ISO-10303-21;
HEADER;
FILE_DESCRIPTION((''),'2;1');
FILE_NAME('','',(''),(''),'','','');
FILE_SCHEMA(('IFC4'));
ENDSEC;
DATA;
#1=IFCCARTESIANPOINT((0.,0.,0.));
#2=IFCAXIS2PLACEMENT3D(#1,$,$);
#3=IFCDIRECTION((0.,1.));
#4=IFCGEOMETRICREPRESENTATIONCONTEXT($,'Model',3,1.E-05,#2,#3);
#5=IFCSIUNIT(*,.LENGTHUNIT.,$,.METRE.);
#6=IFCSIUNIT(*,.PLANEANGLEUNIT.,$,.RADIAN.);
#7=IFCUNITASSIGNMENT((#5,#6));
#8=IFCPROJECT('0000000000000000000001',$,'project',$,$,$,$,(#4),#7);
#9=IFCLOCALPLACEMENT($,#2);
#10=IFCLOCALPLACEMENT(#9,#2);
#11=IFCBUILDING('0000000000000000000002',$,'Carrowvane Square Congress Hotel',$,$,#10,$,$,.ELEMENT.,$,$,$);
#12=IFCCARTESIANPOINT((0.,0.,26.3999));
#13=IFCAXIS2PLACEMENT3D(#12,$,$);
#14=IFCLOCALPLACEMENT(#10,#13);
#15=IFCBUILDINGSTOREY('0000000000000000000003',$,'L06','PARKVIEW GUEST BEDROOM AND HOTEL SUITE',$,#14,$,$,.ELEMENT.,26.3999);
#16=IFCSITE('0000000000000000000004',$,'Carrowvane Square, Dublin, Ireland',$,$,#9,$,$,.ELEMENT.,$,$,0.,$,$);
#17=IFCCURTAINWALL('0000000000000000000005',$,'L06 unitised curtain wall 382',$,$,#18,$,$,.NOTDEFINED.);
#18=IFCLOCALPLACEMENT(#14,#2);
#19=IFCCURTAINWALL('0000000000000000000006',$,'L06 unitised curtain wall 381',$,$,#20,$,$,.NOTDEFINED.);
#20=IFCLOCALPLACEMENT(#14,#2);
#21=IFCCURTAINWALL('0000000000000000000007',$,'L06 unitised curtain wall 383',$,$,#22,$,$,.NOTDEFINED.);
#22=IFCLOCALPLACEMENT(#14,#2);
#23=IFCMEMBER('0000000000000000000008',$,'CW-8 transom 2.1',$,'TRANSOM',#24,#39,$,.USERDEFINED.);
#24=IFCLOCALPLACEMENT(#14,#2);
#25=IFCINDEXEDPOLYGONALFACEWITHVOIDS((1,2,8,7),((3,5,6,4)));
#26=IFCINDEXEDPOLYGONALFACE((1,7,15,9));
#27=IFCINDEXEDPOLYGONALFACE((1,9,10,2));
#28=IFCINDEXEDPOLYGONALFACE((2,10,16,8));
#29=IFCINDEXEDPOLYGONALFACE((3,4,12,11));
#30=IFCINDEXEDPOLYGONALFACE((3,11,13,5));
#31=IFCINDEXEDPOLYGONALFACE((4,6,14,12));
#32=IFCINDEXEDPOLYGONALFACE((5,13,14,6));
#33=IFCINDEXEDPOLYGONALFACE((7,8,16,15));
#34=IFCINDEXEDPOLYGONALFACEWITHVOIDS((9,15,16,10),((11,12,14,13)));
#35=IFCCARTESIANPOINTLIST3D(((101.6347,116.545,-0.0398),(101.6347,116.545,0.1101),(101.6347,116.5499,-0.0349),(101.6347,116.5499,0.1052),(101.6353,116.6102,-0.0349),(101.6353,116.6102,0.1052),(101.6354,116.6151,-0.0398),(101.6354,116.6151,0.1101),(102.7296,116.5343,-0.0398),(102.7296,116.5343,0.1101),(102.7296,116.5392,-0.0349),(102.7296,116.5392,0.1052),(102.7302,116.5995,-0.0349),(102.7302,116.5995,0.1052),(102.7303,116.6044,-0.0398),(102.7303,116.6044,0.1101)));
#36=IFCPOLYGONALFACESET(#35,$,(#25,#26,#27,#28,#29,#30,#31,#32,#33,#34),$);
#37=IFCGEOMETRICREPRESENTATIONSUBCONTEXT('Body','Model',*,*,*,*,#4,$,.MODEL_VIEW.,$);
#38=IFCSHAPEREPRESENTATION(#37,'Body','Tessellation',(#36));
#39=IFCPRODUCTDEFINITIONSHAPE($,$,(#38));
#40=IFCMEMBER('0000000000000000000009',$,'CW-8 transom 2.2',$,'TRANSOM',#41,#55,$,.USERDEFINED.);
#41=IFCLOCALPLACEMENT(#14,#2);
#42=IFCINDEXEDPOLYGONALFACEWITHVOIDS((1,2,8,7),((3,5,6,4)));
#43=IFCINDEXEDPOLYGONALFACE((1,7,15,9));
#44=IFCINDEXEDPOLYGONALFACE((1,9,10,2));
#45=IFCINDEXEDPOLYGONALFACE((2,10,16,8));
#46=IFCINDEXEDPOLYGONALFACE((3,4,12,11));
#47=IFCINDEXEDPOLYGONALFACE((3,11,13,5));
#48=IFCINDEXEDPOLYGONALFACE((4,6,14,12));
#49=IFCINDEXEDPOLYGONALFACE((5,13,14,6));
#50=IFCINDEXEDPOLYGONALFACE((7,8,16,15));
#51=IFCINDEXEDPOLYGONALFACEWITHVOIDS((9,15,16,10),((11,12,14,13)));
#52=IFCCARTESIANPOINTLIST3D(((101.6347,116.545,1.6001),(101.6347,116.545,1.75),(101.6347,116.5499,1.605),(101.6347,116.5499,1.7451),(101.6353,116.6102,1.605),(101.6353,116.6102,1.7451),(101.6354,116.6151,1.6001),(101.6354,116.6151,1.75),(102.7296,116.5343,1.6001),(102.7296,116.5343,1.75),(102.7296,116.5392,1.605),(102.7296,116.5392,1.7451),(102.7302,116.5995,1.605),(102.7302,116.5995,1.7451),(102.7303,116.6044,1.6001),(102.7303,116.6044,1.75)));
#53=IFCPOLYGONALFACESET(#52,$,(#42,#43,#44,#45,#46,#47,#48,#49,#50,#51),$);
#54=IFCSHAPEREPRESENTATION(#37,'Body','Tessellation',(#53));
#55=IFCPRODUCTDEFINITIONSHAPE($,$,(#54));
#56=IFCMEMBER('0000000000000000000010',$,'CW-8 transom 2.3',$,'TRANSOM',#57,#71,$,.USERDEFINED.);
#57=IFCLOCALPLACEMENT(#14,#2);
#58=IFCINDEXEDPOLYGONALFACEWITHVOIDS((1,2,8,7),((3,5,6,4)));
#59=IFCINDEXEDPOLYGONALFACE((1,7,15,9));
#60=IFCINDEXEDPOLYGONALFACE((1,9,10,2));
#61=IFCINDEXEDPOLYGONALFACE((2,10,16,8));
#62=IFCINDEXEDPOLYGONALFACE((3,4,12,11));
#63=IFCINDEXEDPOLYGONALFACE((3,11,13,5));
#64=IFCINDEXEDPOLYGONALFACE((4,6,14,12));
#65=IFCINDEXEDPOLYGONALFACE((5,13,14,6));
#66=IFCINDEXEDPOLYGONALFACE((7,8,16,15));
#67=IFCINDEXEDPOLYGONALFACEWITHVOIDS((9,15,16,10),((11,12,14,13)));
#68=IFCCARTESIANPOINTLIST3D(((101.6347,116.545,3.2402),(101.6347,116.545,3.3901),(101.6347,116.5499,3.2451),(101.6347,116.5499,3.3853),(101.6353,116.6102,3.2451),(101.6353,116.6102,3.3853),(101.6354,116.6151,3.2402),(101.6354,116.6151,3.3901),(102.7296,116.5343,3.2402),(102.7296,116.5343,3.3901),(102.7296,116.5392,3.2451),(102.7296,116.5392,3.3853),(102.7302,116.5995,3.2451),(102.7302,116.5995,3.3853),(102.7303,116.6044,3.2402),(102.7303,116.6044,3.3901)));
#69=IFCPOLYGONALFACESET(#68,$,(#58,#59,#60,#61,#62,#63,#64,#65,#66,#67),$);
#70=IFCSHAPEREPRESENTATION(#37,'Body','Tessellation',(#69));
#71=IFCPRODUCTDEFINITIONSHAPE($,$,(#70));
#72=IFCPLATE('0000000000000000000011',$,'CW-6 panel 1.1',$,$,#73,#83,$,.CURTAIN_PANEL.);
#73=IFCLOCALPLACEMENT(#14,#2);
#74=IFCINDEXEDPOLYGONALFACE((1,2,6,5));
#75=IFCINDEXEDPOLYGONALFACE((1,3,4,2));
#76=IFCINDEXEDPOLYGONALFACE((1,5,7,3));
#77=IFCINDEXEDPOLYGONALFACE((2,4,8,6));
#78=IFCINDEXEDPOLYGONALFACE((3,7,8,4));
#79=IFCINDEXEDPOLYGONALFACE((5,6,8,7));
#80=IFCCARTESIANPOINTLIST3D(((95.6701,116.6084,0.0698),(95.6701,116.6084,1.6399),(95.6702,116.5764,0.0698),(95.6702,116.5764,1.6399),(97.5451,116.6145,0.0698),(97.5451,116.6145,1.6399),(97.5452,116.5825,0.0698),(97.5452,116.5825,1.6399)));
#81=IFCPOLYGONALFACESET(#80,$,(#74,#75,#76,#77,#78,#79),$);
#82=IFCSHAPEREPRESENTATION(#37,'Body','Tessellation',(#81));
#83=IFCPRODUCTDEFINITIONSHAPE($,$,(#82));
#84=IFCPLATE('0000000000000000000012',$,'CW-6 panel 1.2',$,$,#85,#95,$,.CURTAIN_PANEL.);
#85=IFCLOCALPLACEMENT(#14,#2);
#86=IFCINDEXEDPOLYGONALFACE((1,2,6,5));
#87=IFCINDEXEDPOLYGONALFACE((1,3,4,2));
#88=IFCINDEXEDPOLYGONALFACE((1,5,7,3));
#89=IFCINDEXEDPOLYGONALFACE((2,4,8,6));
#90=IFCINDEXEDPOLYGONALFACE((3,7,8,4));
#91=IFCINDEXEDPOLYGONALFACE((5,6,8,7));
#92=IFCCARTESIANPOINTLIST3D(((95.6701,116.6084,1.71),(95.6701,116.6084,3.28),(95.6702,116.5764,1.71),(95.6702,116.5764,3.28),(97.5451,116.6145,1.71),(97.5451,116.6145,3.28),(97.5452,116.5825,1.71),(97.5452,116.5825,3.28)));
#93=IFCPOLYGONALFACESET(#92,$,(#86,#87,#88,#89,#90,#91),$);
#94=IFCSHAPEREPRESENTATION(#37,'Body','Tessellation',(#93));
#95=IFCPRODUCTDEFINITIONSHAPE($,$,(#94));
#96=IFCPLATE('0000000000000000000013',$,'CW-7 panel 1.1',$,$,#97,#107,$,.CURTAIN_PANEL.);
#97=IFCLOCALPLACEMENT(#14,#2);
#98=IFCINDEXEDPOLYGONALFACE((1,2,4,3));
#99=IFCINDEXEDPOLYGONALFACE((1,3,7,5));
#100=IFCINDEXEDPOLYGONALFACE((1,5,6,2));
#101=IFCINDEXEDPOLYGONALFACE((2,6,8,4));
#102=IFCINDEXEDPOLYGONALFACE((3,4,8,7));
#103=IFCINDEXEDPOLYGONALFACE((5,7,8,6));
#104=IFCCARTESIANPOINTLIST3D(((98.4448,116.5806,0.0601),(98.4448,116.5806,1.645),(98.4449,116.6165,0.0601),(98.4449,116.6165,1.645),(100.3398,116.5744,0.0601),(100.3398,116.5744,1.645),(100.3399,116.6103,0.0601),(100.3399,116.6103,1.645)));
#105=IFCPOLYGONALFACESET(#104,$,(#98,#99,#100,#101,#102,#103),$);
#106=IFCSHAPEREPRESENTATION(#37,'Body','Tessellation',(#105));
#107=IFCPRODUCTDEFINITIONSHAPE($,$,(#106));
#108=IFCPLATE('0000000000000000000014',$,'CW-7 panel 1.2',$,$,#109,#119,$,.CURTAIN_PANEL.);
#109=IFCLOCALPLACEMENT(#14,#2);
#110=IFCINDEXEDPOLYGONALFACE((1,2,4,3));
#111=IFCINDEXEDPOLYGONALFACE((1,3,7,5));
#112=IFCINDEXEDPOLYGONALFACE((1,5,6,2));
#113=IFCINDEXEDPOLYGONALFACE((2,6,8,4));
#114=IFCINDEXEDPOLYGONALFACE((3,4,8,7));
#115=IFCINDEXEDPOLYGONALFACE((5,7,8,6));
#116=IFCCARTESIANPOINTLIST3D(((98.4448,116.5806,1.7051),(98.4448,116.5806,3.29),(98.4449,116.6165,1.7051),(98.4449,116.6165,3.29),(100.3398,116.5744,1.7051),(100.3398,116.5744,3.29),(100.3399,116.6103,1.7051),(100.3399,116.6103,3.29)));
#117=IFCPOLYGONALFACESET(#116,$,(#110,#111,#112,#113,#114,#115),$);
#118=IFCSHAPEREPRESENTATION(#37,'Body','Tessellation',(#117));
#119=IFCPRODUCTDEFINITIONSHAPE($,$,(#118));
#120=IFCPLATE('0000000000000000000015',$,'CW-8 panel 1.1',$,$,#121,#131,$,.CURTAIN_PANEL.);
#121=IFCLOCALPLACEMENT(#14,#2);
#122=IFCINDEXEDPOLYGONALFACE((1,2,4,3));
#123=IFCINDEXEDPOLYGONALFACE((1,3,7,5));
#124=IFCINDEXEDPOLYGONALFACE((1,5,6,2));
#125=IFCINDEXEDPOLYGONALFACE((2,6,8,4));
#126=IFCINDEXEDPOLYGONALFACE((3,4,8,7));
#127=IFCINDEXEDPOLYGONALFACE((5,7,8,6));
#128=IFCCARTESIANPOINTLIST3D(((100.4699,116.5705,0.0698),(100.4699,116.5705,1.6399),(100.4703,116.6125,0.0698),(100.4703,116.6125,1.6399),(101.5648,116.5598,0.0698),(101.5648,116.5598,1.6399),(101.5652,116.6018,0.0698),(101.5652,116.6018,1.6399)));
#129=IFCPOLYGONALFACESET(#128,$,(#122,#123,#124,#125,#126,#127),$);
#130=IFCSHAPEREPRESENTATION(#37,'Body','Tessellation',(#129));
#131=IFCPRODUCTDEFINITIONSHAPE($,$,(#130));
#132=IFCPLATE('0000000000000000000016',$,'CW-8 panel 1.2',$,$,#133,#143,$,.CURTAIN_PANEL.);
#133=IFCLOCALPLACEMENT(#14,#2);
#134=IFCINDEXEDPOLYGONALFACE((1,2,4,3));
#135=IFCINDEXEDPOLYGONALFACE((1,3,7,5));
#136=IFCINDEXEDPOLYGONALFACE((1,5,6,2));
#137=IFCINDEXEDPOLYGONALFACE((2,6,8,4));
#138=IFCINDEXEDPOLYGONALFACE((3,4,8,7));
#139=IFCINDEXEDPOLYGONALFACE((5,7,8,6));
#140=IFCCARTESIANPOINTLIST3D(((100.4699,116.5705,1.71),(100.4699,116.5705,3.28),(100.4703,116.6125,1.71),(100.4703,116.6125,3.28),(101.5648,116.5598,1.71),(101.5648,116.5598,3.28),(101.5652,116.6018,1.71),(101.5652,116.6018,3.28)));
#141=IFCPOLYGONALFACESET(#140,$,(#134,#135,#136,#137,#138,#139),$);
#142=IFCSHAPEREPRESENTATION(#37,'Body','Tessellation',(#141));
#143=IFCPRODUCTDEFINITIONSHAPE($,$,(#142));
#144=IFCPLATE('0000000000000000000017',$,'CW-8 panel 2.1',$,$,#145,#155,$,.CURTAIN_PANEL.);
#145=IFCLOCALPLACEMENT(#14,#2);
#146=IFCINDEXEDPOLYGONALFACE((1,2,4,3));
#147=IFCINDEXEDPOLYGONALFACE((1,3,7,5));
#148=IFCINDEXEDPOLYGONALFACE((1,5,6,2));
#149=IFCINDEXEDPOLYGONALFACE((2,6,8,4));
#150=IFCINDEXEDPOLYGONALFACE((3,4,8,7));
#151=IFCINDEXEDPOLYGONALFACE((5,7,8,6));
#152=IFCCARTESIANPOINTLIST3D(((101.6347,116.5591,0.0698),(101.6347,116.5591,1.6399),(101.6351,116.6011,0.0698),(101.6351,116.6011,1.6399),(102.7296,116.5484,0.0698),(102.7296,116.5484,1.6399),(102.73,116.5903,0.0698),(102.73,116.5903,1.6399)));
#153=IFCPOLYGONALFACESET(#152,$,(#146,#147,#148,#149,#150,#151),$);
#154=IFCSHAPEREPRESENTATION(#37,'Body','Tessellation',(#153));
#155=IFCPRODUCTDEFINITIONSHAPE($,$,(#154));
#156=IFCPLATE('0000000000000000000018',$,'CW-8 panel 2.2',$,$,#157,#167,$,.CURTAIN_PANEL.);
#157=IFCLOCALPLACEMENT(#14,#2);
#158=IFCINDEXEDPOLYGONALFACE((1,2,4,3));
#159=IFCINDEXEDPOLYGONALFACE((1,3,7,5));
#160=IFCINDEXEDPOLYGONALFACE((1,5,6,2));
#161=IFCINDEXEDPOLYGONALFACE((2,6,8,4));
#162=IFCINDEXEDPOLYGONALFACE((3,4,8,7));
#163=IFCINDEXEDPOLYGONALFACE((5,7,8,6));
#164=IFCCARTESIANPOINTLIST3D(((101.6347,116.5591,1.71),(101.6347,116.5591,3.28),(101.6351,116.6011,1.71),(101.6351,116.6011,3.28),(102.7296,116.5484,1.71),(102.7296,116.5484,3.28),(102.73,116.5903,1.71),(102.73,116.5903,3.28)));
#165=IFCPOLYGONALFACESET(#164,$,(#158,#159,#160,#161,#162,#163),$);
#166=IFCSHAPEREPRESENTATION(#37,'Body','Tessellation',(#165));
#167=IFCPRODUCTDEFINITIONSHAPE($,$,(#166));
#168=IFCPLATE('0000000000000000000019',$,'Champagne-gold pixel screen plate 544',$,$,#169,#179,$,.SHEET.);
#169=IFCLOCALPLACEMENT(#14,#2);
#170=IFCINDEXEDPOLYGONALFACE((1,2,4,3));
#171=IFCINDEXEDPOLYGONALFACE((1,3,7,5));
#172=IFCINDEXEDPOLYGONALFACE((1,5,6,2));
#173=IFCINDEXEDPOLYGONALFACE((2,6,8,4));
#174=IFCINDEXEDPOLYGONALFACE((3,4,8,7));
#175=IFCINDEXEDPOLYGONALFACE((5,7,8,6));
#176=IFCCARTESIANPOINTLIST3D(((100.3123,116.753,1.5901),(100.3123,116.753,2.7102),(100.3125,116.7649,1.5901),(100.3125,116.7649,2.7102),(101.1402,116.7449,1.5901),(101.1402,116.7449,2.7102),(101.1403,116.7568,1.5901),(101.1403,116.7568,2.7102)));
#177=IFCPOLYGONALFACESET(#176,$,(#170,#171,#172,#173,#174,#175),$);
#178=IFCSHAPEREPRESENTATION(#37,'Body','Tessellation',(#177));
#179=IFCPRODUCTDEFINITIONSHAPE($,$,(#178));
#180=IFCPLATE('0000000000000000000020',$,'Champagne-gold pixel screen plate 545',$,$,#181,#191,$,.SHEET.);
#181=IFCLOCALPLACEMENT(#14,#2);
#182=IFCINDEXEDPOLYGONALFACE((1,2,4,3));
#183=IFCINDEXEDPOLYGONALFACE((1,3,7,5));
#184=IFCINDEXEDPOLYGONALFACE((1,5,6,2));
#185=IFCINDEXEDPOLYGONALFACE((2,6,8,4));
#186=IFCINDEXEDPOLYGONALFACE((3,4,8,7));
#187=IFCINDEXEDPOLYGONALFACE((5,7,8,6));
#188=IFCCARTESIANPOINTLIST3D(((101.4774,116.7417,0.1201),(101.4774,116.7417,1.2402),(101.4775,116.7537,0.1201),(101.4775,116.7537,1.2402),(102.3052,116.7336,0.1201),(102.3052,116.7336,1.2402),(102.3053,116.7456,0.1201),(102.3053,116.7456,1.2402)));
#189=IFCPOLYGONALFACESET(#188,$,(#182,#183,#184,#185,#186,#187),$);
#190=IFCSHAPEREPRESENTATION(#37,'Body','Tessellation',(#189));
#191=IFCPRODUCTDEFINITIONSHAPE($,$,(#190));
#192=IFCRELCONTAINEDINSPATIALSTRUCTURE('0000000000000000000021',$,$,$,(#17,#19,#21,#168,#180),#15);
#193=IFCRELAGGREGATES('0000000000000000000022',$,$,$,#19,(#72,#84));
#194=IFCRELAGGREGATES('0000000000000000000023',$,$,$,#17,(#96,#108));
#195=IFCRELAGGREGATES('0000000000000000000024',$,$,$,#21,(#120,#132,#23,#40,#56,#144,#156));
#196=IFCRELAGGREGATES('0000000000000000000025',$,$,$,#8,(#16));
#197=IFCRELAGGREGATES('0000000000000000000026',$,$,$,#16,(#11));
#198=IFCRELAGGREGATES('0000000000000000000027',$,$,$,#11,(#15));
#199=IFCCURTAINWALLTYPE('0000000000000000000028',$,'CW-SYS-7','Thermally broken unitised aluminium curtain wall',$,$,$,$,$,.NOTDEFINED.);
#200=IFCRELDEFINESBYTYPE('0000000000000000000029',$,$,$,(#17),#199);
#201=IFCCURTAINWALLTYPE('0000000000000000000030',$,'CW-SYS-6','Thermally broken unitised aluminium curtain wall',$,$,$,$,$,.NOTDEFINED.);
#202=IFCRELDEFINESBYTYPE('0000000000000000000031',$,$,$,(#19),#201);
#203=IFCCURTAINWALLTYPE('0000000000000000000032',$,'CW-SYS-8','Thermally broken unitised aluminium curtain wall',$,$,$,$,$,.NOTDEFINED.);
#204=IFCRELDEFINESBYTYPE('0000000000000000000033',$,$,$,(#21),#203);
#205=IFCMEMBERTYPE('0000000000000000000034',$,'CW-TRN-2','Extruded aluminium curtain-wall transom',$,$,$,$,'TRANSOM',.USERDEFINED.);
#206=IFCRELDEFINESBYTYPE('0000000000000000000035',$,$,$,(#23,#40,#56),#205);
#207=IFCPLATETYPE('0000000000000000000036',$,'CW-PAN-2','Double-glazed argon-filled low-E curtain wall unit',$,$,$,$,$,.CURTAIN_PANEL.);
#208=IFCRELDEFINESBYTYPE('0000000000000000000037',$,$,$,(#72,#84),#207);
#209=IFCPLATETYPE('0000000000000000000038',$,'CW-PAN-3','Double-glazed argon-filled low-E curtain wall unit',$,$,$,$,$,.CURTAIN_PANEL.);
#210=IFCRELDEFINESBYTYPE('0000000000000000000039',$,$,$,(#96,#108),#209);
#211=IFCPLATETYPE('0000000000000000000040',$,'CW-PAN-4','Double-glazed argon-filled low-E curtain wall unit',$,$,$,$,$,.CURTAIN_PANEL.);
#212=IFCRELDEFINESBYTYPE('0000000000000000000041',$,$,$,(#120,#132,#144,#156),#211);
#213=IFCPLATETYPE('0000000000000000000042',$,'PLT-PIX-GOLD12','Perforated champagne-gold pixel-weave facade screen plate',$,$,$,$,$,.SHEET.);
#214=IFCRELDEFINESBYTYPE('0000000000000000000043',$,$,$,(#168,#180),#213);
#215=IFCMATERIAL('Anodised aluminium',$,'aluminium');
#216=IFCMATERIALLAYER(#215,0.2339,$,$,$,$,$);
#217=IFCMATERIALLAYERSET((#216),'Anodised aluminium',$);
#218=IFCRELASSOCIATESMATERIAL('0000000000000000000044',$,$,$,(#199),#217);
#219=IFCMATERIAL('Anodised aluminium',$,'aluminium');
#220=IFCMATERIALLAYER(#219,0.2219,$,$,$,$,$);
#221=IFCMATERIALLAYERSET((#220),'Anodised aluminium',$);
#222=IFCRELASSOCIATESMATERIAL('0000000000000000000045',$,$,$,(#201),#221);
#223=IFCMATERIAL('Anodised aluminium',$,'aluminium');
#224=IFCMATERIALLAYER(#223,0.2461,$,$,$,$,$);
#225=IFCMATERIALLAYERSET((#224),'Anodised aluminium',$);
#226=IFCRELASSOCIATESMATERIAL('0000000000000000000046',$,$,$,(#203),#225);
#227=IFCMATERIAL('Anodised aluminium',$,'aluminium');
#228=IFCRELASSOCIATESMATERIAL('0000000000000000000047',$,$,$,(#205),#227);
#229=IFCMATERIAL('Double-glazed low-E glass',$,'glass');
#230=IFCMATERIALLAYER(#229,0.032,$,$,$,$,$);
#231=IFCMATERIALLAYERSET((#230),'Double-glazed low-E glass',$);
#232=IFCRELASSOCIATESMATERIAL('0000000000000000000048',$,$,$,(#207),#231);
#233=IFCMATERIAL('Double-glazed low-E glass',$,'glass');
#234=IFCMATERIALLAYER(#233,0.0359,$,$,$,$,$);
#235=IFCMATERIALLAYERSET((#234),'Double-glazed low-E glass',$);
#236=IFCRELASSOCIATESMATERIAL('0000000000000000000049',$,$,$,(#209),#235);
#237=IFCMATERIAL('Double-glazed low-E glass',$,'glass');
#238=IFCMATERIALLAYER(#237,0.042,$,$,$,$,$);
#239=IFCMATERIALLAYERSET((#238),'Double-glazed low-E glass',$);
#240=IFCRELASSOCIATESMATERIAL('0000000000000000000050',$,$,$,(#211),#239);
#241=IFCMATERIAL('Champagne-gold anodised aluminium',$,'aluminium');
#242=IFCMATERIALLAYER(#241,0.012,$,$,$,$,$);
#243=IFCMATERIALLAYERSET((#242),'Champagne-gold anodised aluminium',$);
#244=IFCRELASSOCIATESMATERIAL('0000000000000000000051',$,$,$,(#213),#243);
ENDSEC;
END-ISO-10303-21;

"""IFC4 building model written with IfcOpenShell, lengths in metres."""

from ifc_helpers import new_model, si_unit, direction, frame, origin, origin_2d, place, context, subcontext, project, spatial, rectangle, hollow_rectangle, extrude, material, layer, layer_set, material_profile, profile_set, type_object, element, aggregate, save


model = new_model("IFC4")

# Units and contexts
model_context = context("Model", 3, precision=1e-05, world=origin(), true_north=direction((0.0, 1.0)))
body_context = subcontext(model_context, "Body", "Model", "MODEL_VIEW")
ifc_project = project(units=[si_unit("LENGTHUNIT", "METRE"), si_unit("PLANEANGLEUNIT", "RADIAN")], contexts=[model_context])

# Site, building, storey
site_placement = place(None, origin())
site = spatial("IfcSite", under=ifc_project, at=site_placement, Name="Carrowvane Square, Dublin, Ireland", CompositionType="ELEMENT", RefElevation=0.0)
building_placement = place(site_placement, origin())
building = spatial("IfcBuilding", under=site, at=building_placement, Name="Carrowvane Square Congress Hotel", CompositionType="ELEMENT")
storey_placement = place(building_placement, frame((0.0, 0.0, 26.3999)))
storey = spatial("IfcBuildingStorey", under=building, at=storey_placement, Name="L06", Description="PARKVIEW GUEST BEDROOM AND HOTEL SUITE", CompositionType="ELEMENT", Elevation=26.3999)

# Curtain wall
ifc_material_1 = material(Name="Anodised aluminium", Category="aluminium")
ifc_layer_1 = layer(ifc_material_1, 0.2339)
ifc_layer_set_1 = layer_set([ifc_layer_1], Name="Anodised aluminium")
curtain_wall_type_1 = type_object("IfcCurtainWallType", Name="CW-SYS-7", Description="Thermally broken unitised aluminium curtain wall", PredefinedType="NOTDEFINED", material=ifc_layer_set_1)
curtain_wall_1_placement = place(storey_placement, origin())
curtain_wall_1 = element("IfcCurtainWall", 1, at=curtain_wall_1_placement, inside=storey, type_object=curtain_wall_type_1, Name="L06 unitised curtain wall 382", PredefinedType="NOTDEFINED")

# Curtain wall
ifc_material_2 = material(Name="Anodised aluminium", Category="aluminium")
ifc_layer_2 = layer(ifc_material_2, 0.2219)
ifc_layer_set_2 = layer_set([ifc_layer_2], Name="Anodised aluminium")
curtain_wall_type_2 = type_object("IfcCurtainWallType", Name="CW-SYS-6", Description="Thermally broken unitised aluminium curtain wall", PredefinedType="NOTDEFINED", material=ifc_layer_set_2)
curtain_wall_2_placement = place(storey_placement, origin())
curtain_wall_2 = element("IfcCurtainWall", 2, at=curtain_wall_2_placement, inside=storey, type_object=curtain_wall_type_2, Name="L06 unitised curtain wall 381", PredefinedType="NOTDEFINED")

# Curtain wall
ifc_material_3 = material(Name="Anodised aluminium", Category="aluminium")
ifc_layer_3 = layer(ifc_material_3, 0.2461)
ifc_layer_set_3 = layer_set([ifc_layer_3], Name="Anodised aluminium")
curtain_wall_type_3 = type_object("IfcCurtainWallType", Name="CW-SYS-8", Description="Thermally broken unitised aluminium curtain wall", PredefinedType="NOTDEFINED", material=ifc_layer_set_3)
curtain_wall_3_placement = place(storey_placement, origin())
curtain_wall_3 = element("IfcCurtainWall", 3, at=curtain_wall_3_placement, inside=storey, type_object=curtain_wall_type_3, Name="L06 unitised curtain wall 383", PredefinedType="NOTDEFINED")

# Members
ifc_material_4 = material(Name="Anodised aluminium", Category="aluminium")
ifc_material_profile_1 = material_profile(ifc_material_4, hollow_rectangle(XDim=0.0701, YDim=0.1499, WallThickness=0.0049, at=origin_2d()), Name="CW-TR 70x150x5")
ifc_profile_set_1 = profile_set([ifc_material_profile_1], Name="Anodised aluminium")
member_type_1 = type_object("IfcMemberType", Name="CW-TRN-2", Description="Extruded aluminium curtain-wall transom", ElementType="TRANSOM", PredefinedType="USERDEFINED", material=ifc_profile_set_1)
member_1_placement = place(storey_placement, frame((101.635, 116.5801, 0.0352), z_axis=(0.999952, -0.00981, 0.0), x_axis=(0.00981, 0.999952, 0.0)))
member_1 = element("IfcMember", 4, at=member_1_placement, type_object=member_type_1, Name="CW-8 transom 2.1", ObjectType="TRANSOM", PredefinedType="USERDEFINED", context=body_context, shape_type="SweptSolid", body=[
    extrude(hollow_rectangle(XDim=0.0701, YDim=0.1499, WallThickness=0.0049, at=origin_2d()), origin(), (0.0, 0.0, 1.0), 1.095),
])
member_2_placement = place(storey_placement, frame((101.635, 116.5801, 1.675), z_axis=(0.999952, -0.00981, 0.0), x_axis=(0.00981, 0.999952, 0.0)))
member_2 = element("IfcMember", 5, at=member_2_placement, type_object=member_type_1, Name="CW-8 transom 2.2", ObjectType="TRANSOM", PredefinedType="USERDEFINED", context=body_context, shape_type="SweptSolid", body=[
    extrude(hollow_rectangle(XDim=0.0701, YDim=0.1499, WallThickness=0.0049, at=origin_2d()), origin(), (0.0, 0.0, 1.0), 1.095),
])
member_3_placement = place(storey_placement, frame((101.635, 116.5801, 3.3152), z_axis=(0.999952, -0.00981, 0.0), x_axis=(0.00981, 0.999952, 0.0)))
member_3 = element("IfcMember", 6, at=member_3_placement, type_object=member_type_1, Name="CW-8 transom 2.3", ObjectType="TRANSOM", PredefinedType="USERDEFINED", context=body_context, shape_type="SweptSolid", body=[
    extrude(hollow_rectangle(XDim=0.0701, YDim=0.1499, WallThickness=0.0049, at=origin_2d()), origin(), (0.0, 0.0, 1.0), 1.095),
])

# Plates
ifc_material_5 = material(Name="Double-glazed low-E glass", Category="glass")
ifc_layer_4 = layer(ifc_material_5, 0.032)
ifc_layer_set_4 = layer_set([ifc_layer_4], Name="Double-glazed low-E glass")
plate_type_1 = type_object("IfcPlateType", Name="CW-PAN-2", Description="Double-glazed argon-filled low-E curtain wall unit", PredefinedType="CURTAIN_PANEL", material=ifc_layer_set_4)
plate_1_placement = place(storey_placement, frame((96.6077, 116.5955, 0.0698), z_axis=(0.0, 0.0, 1.0), x_axis=(0.999995, 0.00327, 0.0)))
plate_1 = element("IfcPlate", 7, at=plate_1_placement, type_object=plate_type_1, Name="CW-6 panel 1.1", PredefinedType="CURTAIN_PANEL", context=body_context, shape_type="SweptSolid", body=[
    extrude(rectangle(XDim=1.875, YDim=0.032, at=origin_2d()), origin(), (0.0, 0.0, 1.0), 1.5701),
])
plate_2_placement = place(storey_placement, frame((96.6077, 116.5955, 1.71), z_axis=(0.0, 0.0, 1.0), x_axis=(0.999995, 0.00327, 0.0)))
plate_2 = element("IfcPlate", 8, at=plate_2_placement, type_object=plate_type_1, Name="CW-6 panel 1.2", PredefinedType="CURTAIN_PANEL", context=body_context, shape_type="SweptSolid", body=[
    extrude(rectangle(XDim=1.875, YDim=0.032, at=origin_2d()), origin(), (0.0, 0.0, 1.0), 1.5701),
])
aggregate(curtain_wall_2, [plate_1, plate_2])
ifc_material_6 = material(Name="Double-glazed low-E glass", Category="glass")
ifc_layer_5 = layer(ifc_material_6, 0.0359)
ifc_layer_set_5 = layer_set([ifc_layer_5], Name="Double-glazed low-E glass")
plate_type_2 = type_object("IfcPlateType", Name="CW-PAN-3", Description="Double-glazed argon-filled low-E curtain wall unit", PredefinedType="CURTAIN_PANEL", material=ifc_layer_set_5)
plate_3_placement = place(storey_placement, frame((99.3923, 116.5955, 0.0601), z_axis=(0.0, 0.0, 1.0), x_axis=(0.999995, -0.00327, 0.0)))
plate_3 = element("IfcPlate", 9, at=plate_3_placement, type_object=plate_type_2, Name="CW-7 panel 1.1", PredefinedType="CURTAIN_PANEL", context=body_context, shape_type="SweptSolid", body=[
    extrude(rectangle(XDim=1.895, YDim=0.0359, at=origin_2d()), origin(), (0.0, 0.0, 1.0), 1.585),
])
plate_4_placement = place(storey_placement, frame((99.3923, 116.5955, 1.7051), z_axis=(0.0, 0.0, 1.0), x_axis=(0.999995, -0.00327, 0.0)))
plate_4 = element("IfcPlate", 10, at=plate_4_placement, type_object=plate_type_2, Name="CW-7 panel 1.2", PredefinedType="CURTAIN_PANEL", context=body_context, shape_type="SweptSolid", body=[
    extrude(rectangle(XDim=1.895, YDim=0.0359, at=origin_2d()), origin(), (0.0, 0.0, 1.0), 1.585),
])
aggregate(curtain_wall_1, [plate_3, plate_4])
ifc_material_7 = material(Name="Double-glazed low-E glass", Category="glass")
ifc_layer_6 = layer(ifc_material_7, 0.042)
ifc_layer_set_6 = layer_set([ifc_layer_6], Name="Double-glazed low-E glass")
plate_type_3 = type_object("IfcPlateType", Name="CW-PAN-4", Description="Double-glazed argon-filled low-E curtain wall unit", PredefinedType="CURTAIN_PANEL", material=ifc_layer_set_6)
plate_5_placement = place(storey_placement, frame((101.0176, 116.5862, 0.0698), z_axis=(0.0, 0.0, 1.0), x_axis=(0.999952, -0.009783, 0.0)))
plate_5 = element("IfcPlate", 11, at=plate_5_placement, type_object=plate_type_3, Name="CW-8 panel 1.1", PredefinedType="CURTAIN_PANEL", context=body_context, shape_type="SweptSolid", body=[
    extrude(rectangle(XDim=1.095, YDim=0.042, at=origin_2d()), origin(), (0.0, 0.0, 1.0), 1.5701),
])
plate_6_placement = place(storey_placement, frame((101.0176, 116.5862, 1.71), z_axis=(0.0, 0.0, 1.0), x_axis=(0.999952, -0.009783, 0.0)))
plate_6 = element("IfcPlate", 12, at=plate_6_placement, type_object=plate_type_3, Name="CW-8 panel 1.2", PredefinedType="CURTAIN_PANEL", context=body_context, shape_type="SweptSolid", body=[
    extrude(rectangle(XDim=1.095, YDim=0.042, at=origin_2d()), origin(), (0.0, 0.0, 1.0), 1.5701),
])
plate_7_placement = place(storey_placement, frame((102.1824, 116.5747, 0.0698), z_axis=(0.0, 0.0, 1.0), x_axis=(0.999952, -0.009783, 0.0)))
plate_7 = element("IfcPlate", 13, at=plate_7_placement, type_object=plate_type_3, Name="CW-8 panel 2.1", PredefinedType="CURTAIN_PANEL", context=body_context, shape_type="SweptSolid", body=[
    extrude(rectangle(XDim=1.095, YDim=0.042, at=origin_2d()), origin(), (0.0, 0.0, 1.0), 1.5701),
])
plate_8_placement = place(storey_placement, frame((102.1824, 116.5747, 1.71), z_axis=(0.0, 0.0, 1.0), x_axis=(0.999952, -0.009783, 0.0)))
plate_8 = element("IfcPlate", 14, at=plate_8_placement, type_object=plate_type_3, Name="CW-8 panel 2.2", PredefinedType="CURTAIN_PANEL", context=body_context, shape_type="SweptSolid", body=[
    extrude(rectangle(XDim=1.095, YDim=0.042, at=origin_2d()), origin(), (0.0, 0.0, 1.0), 1.5701),
])
aggregate(curtain_wall_3, [plate_5, plate_6, member_1, member_2, member_3, plate_7, plate_8])

# Plates
ifc_material_8 = material(Name="Champagne-gold anodised aluminium", Category="aluminium")
ifc_layer_7 = layer(ifc_material_8, 0.012)
ifc_layer_set_7 = layer_set([ifc_layer_7], Name="Champagne-gold anodised aluminium")
plate_type_4 = type_object("IfcPlateType", Name="PLT-PIX-GOLD12", Description="Perforated champagne-gold pixel-weave facade screen plate", PredefinedType="SHEET", material=ifc_layer_set_7)
for number, where, z_axis, x_axis, name in (
    (15, (100.7263, 116.7549, 1.5901), (0.0, 0.0, 1.0), (0.999952, -0.009782, 0.0), "Champagne-gold pixel screen plate 544"),
    (16, (101.8914, 116.7437, 0.1201), (0.0, 0.0, 1.0), (0.999952, -0.009782, 0.0), "Champagne-gold pixel screen plate 545"),
):
    element("IfcPlate", number, at=place(storey_placement, frame(where, z_axis=z_axis, x_axis=x_axis)), inside=storey, type_object=plate_type_4, Name=name, PredefinedType="SHEET", context=body_context, shape_type="SweptSolid", body=[
        extrude(rectangle(XDim=0.8279, YDim=0.012, at=origin_2d()), origin(), (0.0, 0.0, 1.0), 1.1201),
    ])

save(model, "model.ifc")
